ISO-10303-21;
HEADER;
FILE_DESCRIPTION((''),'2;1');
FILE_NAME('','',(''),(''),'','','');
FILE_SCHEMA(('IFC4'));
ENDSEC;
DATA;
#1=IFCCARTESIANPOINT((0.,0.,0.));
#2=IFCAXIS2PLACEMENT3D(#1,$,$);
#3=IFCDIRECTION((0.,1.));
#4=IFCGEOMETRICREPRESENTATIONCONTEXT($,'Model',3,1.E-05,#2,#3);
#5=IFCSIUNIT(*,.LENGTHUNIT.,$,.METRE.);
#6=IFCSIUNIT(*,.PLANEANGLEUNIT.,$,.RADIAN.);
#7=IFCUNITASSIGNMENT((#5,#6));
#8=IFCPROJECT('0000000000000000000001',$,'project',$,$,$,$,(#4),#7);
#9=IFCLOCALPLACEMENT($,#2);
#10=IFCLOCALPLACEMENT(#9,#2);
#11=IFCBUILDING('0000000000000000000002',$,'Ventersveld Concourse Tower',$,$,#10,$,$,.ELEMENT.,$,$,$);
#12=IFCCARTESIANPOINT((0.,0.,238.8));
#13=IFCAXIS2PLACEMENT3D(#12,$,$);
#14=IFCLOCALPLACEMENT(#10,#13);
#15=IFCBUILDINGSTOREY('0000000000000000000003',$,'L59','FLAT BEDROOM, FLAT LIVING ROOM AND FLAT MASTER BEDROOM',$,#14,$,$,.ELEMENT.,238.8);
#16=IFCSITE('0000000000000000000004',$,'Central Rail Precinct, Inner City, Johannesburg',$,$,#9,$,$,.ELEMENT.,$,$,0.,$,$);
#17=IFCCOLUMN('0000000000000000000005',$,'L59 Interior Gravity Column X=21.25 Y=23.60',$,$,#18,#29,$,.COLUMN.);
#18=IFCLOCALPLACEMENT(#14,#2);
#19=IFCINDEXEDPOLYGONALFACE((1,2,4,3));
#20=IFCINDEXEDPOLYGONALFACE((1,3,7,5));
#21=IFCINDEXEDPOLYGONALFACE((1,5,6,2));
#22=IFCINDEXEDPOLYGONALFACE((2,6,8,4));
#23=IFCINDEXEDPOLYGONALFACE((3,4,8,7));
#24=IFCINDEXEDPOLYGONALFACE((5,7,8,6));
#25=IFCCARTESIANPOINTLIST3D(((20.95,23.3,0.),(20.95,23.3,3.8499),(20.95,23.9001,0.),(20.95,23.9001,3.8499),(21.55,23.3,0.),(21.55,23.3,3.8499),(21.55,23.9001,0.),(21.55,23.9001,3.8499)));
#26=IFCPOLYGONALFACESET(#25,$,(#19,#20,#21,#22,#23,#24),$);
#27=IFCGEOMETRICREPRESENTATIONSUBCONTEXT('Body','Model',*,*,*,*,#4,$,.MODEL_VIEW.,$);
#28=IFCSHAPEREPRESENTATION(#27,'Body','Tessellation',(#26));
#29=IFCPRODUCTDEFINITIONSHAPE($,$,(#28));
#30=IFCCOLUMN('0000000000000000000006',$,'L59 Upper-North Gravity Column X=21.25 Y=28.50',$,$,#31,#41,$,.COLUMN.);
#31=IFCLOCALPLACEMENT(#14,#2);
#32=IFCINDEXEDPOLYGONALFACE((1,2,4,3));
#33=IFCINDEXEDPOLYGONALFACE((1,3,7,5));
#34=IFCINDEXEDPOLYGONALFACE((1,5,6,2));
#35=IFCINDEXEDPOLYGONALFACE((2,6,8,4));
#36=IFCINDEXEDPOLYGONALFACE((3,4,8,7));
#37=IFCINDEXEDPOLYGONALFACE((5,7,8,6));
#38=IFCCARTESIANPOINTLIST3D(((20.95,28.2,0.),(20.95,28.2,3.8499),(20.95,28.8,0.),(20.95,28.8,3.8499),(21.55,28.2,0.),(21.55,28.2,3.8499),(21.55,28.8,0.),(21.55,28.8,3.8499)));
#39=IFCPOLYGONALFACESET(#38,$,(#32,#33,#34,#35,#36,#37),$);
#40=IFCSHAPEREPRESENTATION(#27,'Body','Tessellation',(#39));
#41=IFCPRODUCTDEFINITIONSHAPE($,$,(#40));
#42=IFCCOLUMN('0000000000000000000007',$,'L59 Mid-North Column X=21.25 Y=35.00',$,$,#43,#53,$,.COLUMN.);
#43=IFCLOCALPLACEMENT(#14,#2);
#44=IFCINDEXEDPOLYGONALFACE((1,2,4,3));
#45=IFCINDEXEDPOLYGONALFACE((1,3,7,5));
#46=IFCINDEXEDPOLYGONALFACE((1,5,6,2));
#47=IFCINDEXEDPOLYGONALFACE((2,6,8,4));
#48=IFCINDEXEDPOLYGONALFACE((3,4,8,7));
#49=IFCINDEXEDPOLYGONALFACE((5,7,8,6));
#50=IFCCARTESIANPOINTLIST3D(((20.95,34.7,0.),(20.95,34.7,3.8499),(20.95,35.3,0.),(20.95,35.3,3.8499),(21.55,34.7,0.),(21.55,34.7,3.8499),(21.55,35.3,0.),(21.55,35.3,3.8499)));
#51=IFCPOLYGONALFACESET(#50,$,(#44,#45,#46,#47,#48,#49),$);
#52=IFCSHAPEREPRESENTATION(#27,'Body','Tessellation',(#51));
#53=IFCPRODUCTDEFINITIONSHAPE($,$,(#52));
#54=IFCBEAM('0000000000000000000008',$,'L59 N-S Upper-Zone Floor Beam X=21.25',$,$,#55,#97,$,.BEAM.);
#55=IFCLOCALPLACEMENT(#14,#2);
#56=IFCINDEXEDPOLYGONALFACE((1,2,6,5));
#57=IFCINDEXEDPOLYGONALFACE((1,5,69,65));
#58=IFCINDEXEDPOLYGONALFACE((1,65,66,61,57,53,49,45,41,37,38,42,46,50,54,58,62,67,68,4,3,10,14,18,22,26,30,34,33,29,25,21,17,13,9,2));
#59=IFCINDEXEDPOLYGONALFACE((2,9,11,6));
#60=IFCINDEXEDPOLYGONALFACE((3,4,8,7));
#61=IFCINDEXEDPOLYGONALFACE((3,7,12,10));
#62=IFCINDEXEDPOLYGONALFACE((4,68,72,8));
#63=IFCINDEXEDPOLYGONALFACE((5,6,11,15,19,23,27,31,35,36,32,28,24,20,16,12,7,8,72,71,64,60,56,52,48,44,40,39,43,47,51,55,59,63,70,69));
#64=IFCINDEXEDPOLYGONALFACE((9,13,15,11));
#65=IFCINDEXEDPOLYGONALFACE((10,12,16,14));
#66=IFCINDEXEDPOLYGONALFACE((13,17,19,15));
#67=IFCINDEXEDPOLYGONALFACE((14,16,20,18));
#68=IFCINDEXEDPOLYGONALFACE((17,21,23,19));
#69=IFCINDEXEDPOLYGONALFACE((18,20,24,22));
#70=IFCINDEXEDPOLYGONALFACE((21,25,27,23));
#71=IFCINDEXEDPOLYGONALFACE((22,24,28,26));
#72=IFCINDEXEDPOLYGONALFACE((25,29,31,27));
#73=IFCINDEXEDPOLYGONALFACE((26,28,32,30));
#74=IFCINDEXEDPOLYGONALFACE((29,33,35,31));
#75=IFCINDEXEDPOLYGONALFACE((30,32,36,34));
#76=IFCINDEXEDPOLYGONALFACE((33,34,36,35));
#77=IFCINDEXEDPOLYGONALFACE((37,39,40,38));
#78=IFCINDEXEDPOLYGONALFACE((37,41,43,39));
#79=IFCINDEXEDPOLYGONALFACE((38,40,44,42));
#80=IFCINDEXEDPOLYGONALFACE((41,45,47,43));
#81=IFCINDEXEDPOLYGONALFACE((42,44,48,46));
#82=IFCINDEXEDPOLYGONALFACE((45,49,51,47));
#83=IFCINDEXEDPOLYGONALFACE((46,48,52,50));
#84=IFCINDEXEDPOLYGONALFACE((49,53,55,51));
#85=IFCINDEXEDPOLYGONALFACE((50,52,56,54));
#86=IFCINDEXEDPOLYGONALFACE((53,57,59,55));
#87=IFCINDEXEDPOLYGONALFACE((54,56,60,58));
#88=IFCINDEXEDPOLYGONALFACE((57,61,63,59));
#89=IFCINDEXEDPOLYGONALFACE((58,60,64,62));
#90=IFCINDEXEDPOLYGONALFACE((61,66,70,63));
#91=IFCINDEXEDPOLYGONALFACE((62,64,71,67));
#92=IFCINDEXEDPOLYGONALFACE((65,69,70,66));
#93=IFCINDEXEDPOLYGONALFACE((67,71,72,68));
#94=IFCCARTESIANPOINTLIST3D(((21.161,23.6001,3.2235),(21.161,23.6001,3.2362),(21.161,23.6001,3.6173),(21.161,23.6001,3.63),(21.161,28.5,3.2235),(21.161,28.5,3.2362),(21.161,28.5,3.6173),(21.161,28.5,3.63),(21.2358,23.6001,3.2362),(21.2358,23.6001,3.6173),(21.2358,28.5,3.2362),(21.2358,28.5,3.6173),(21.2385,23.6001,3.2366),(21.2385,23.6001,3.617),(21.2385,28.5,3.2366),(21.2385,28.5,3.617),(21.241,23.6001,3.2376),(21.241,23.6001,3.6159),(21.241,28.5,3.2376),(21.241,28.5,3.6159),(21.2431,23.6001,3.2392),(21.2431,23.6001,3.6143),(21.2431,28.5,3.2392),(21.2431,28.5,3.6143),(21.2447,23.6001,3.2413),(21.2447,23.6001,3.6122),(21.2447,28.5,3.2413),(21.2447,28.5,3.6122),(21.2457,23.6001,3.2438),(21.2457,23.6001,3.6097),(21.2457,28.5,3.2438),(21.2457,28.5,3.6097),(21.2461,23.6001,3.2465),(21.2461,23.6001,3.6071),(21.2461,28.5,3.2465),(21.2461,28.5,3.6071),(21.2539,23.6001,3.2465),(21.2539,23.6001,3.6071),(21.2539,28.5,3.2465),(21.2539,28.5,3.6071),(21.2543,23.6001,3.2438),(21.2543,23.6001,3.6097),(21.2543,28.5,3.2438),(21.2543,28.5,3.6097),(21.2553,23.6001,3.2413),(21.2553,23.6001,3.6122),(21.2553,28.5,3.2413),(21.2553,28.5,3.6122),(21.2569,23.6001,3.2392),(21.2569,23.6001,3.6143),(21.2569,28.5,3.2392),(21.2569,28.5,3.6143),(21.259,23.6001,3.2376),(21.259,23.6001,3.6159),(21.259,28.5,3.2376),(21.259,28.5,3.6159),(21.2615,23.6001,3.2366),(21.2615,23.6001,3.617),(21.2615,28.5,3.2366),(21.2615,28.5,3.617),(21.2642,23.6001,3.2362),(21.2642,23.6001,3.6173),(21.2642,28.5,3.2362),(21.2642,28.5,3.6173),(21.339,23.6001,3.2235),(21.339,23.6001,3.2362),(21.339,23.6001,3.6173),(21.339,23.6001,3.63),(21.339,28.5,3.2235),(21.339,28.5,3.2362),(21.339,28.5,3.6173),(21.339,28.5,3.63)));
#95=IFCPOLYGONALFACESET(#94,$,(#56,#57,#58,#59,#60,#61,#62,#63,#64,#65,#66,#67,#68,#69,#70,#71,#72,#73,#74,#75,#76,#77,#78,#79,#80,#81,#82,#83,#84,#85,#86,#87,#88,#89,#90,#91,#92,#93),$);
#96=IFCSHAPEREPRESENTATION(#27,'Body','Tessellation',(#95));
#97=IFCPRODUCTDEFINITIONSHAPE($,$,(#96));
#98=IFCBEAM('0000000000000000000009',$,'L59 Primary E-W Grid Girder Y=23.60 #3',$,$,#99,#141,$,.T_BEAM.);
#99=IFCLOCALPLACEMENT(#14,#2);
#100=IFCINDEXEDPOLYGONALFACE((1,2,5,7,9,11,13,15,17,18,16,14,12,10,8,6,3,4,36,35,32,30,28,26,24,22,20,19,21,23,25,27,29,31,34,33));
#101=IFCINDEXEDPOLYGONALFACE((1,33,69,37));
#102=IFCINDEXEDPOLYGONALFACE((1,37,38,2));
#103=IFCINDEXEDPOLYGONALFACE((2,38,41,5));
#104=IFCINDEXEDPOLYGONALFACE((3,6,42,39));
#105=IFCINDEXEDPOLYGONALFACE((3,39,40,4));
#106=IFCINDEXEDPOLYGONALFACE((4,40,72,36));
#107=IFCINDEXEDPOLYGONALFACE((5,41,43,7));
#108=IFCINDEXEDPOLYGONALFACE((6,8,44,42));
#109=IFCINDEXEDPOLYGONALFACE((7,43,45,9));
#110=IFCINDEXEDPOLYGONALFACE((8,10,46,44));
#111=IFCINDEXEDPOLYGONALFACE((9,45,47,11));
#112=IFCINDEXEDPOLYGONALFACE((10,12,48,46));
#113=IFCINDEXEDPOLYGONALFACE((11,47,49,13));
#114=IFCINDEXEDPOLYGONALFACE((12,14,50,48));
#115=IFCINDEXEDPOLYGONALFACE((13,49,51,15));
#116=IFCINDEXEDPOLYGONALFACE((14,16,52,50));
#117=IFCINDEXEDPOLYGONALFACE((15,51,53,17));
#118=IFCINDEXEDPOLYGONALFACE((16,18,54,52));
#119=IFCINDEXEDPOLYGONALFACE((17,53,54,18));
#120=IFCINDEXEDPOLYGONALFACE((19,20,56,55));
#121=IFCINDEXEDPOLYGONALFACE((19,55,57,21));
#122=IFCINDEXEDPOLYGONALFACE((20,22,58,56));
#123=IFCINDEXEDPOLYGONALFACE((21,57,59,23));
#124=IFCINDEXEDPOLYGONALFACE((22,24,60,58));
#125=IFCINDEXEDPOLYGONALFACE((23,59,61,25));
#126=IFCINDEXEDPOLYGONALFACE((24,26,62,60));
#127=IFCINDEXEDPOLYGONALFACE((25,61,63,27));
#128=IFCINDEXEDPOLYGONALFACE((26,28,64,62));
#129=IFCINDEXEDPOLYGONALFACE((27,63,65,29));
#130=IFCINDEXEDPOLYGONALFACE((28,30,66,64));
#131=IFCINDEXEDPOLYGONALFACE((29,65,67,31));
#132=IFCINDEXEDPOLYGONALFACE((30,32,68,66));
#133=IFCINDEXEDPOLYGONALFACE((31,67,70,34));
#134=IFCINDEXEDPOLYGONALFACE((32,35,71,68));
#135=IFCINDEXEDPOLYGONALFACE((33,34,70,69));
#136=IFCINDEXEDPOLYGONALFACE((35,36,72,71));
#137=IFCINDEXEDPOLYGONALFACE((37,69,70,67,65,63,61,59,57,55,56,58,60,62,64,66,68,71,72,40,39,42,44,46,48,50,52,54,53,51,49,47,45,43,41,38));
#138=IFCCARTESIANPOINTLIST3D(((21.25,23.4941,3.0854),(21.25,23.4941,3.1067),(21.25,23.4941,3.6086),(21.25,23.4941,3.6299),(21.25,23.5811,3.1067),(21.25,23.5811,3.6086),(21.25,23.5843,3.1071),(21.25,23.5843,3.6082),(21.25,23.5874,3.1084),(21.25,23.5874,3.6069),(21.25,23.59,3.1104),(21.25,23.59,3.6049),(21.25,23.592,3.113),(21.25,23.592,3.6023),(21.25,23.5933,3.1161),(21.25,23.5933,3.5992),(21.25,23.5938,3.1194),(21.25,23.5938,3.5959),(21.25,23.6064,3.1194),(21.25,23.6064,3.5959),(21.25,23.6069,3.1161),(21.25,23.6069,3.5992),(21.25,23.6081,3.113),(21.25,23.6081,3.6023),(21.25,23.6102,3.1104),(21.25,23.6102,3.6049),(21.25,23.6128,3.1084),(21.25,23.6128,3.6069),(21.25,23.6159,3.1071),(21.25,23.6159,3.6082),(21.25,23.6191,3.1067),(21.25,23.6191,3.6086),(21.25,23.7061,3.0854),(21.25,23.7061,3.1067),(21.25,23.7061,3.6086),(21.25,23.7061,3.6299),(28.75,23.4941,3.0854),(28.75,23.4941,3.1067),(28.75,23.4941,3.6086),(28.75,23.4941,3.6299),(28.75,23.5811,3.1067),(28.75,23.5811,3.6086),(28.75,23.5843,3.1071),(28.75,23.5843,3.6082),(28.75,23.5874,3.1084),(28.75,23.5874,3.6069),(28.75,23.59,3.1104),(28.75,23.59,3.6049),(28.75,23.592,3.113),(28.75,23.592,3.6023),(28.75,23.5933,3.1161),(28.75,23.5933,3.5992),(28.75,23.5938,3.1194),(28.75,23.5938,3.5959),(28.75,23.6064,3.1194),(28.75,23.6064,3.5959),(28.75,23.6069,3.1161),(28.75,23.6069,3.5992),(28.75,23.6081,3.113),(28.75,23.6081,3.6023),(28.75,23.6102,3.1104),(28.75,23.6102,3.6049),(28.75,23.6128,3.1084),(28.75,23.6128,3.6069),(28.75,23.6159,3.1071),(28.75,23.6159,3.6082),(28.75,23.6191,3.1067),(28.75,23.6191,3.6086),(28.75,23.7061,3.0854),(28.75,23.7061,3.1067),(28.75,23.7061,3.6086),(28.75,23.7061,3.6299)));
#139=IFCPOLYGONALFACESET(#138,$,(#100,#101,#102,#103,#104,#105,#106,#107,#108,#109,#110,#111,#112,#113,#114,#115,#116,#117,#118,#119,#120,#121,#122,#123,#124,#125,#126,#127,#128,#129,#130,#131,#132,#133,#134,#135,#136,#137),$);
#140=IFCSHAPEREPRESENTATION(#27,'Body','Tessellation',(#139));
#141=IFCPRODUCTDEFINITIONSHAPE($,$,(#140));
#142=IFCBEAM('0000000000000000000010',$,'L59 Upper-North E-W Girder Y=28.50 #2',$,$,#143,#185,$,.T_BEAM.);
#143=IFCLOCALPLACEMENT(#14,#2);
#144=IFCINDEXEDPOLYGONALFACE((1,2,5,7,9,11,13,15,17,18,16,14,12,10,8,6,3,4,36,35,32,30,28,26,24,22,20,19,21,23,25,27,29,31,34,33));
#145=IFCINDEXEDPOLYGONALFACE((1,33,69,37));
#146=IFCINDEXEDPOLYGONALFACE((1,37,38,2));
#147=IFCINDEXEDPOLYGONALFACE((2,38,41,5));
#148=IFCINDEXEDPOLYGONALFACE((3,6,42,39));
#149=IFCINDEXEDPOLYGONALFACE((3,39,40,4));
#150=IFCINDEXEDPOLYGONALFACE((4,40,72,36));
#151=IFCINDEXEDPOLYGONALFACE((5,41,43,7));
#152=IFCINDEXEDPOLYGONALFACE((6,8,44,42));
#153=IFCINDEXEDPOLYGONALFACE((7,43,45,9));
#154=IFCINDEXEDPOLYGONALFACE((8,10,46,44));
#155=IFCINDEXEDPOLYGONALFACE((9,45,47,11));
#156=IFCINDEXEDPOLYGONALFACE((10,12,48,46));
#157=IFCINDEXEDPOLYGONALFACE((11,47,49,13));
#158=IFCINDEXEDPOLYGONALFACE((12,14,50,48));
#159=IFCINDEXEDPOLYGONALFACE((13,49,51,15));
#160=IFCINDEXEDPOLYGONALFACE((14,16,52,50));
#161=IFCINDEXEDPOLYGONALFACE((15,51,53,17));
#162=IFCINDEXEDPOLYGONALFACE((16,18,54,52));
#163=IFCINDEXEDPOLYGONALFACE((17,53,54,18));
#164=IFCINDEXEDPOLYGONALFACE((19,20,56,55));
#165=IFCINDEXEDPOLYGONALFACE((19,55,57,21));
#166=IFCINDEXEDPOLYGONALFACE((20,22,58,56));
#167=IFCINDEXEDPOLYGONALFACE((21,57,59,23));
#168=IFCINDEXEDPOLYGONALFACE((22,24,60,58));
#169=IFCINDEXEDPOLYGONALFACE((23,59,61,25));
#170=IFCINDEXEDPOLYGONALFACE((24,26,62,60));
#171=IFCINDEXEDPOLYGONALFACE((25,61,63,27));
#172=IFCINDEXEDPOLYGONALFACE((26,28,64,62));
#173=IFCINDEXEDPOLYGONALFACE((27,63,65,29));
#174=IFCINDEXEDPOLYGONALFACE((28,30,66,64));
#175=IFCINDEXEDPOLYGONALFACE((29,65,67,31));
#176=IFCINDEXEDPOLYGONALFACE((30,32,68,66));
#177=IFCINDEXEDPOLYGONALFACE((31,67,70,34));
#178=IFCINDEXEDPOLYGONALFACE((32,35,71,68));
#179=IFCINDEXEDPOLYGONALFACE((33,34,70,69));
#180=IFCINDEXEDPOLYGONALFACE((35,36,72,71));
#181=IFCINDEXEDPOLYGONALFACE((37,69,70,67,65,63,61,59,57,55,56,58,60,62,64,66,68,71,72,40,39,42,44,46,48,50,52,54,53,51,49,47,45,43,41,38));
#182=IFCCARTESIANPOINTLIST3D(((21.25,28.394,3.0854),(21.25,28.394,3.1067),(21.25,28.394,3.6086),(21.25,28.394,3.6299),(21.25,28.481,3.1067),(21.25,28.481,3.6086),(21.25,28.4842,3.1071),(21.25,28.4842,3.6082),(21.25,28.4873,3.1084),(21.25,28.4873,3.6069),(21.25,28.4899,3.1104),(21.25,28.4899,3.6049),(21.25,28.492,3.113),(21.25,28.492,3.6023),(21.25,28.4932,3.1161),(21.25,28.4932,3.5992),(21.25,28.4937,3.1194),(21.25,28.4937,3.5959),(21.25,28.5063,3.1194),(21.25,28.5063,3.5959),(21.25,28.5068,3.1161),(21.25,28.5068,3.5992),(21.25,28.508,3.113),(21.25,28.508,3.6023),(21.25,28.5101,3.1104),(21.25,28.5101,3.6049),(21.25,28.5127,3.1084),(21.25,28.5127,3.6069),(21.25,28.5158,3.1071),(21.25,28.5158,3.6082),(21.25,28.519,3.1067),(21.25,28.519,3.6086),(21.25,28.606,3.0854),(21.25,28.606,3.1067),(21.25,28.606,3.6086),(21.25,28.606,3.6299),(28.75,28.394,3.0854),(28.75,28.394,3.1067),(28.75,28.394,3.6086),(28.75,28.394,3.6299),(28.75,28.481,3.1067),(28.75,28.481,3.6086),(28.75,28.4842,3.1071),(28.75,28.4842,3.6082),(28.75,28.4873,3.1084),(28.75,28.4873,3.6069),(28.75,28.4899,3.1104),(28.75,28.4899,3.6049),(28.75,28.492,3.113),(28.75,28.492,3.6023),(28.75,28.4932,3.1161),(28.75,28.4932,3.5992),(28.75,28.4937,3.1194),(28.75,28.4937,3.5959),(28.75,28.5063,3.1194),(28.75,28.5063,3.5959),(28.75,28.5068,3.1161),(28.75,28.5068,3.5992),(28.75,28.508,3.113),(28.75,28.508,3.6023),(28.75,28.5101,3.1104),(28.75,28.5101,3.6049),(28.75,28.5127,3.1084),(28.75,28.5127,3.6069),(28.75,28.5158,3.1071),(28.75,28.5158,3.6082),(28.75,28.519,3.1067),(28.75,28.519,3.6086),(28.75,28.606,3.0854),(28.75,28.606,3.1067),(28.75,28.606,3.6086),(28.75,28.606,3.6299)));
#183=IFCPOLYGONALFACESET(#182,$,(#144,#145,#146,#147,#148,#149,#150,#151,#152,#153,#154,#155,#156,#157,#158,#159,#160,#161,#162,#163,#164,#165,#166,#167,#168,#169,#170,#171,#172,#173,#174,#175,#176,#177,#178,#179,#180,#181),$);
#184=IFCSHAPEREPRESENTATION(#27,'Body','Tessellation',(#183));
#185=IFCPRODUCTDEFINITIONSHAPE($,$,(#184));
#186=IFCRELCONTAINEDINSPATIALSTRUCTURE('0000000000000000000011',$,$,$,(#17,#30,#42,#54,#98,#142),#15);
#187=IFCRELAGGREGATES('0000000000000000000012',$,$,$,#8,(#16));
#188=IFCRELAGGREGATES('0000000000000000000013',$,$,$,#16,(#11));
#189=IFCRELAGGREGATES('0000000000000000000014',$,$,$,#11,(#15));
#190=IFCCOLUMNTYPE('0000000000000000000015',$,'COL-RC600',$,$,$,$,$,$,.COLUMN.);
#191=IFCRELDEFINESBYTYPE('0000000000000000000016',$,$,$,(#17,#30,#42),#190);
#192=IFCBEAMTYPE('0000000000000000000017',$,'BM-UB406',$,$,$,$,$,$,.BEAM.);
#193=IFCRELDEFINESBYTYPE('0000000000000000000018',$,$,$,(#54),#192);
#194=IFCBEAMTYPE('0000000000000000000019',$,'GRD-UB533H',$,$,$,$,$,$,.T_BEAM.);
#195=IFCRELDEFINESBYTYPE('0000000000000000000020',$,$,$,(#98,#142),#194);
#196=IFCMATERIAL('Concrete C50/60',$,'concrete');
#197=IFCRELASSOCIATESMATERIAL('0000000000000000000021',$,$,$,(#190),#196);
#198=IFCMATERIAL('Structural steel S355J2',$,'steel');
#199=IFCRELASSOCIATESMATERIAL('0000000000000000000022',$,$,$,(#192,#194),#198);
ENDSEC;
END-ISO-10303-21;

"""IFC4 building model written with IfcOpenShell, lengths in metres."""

from ifc_helpers import new_model, si_unit, direction, frame, origin, origin_2d, place, context, subcontext, project, spatial, rectangle, i_section, extrude, material, material_profile, profile_set, type_object, element, save


model = new_model("IFC4")

# Units and contexts
model_context = context("Model", 3, precision=1e-05, world=origin(), true_north=direction((0.0, 1.0)))
body_context = subcontext(model_context, "Body", "Model", "MODEL_VIEW")
ifc_project = project(units=[si_unit("LENGTHUNIT", "METRE"), si_unit("PLANEANGLEUNIT", "RADIAN")], contexts=[model_context])

# Site, building, storey
site_placement = place(None, origin())
site = spatial("IfcSite", under=ifc_project, at=site_placement, Name="Central Rail Precinct, Inner City, Johannesburg", CompositionType="ELEMENT", RefElevation=0.0)
building_placement = place(site_placement, origin())
building = spatial("IfcBuilding", under=site, at=building_placement, Name="Ventersveld Concourse Tower", CompositionType="ELEMENT")
storey_placement = place(building_placement, frame((0.0, 0.0, 238.8)))
storey = spatial("IfcBuildingStorey", under=building, at=storey_placement, Name="L59", Description="FLAT BEDROOM, FLAT LIVING ROOM AND FLAT MASTER BEDROOM", CompositionType="ELEMENT", Elevation=238.8)

# Columns
ifc_material_1 = material(Name="Concrete C50/60", Category="concrete")
ifc_material_profile_1 = material_profile(ifc_material_1, rectangle(XDim=0.6001, YDim=0.6001, at=origin_2d()), Name="RC 600x600")
ifc_profile_set_1 = profile_set([ifc_material_profile_1], Name="Concrete C50/60")
column_type = type_object("IfcColumnType", Name="COL-RC600", PredefinedType="COLUMN", material=ifc_profile_set_1)
for number, where, z_axis, x_axis, name in (
    (1, (21.25, 23.6001, 0.0), (0.0, 0.0, 1.0), (1.0, 0.0, 0.0), "L59 Interior Gravity Column X=21.25 Y=23.60"),
    (2, (21.25, 28.5, 0.0), (0.0, 0.0, 1.0), (1.0, 0.0, 0.0), "L59 Upper-North Gravity Column X=21.25 Y=28.50"),
    (3, (21.25, 35.0, 0.0), (0.0, 0.0, 1.0), (1.0, 0.0, 0.0), "L59 Mid-North Column X=21.25 Y=35.00"),
):
    element("IfcColumn", number, at=place(storey_placement, frame(where, z_axis=z_axis, x_axis=x_axis)), inside=storey, type_object=column_type, Name=name, PredefinedType="COLUMN", context=body_context, shape_type="SweptSolid", body=[
        extrude(rectangle(XDim=0.6001, YDim=0.6001, at=origin_2d()), origin(), (0.0, 0.0, 1.0), 3.8499),
    ])

# Beams
ifc_material_2 = material(Name="Structural steel S355J2", Category="steel")
ifc_material_profile_2 = material_profile(ifc_material_2, i_section(OverallWidth=0.178, OverallDepth=0.4065, WebThickness=0.0078, FlangeThickness=0.0127, FilletRadius=0.0103, at=origin_2d()), Name="UB 406x178x60")
ifc_profile_set_2 = profile_set([ifc_material_profile_2], Name="Structural steel S355J2")
beam_type_1 = type_object("IfcBeamType", Name="BM-UB406", PredefinedType="BEAM", material=ifc_profile_set_2)
beam_placement = place(storey_placement, frame((21.25, 23.6001, 3.4268), z_axis=(0.0, 1.0, 0.0), x_axis=(-1.0, 0.0, 0.0)))
element("IfcBeam", 4, at=beam_placement, inside=storey, type_object=beam_type_1, Name="L59 N-S Upper-Zone Floor Beam X=21.25", PredefinedType="BEAM", context=body_context, shape_type="SweptSolid", body=[
    extrude(i_section(OverallWidth=0.178, OverallDepth=0.4065, WebThickness=0.0078, FlangeThickness=0.0127, FilletRadius=0.0103, at=origin_2d()), origin(), (0.0, 0.0, 1.0), 4.8999),
])
ifc_material_profile_3 = material_profile(ifc_material_2, i_section(OverallWidth=0.2119, OverallDepth=0.5444, WebThickness=0.0127, FlangeThickness=0.0212, FilletRadius=0.0127, at=origin_2d()), Name="UB 533x210x122")
ifc_profile_set_3 = profile_set([ifc_material_profile_3], Name="Structural steel S355J2")
beam_type_2 = type_object("IfcBeamType", Name="GRD-UB533H", PredefinedType="T_BEAM", material=ifc_profile_set_3)
for number, where, z_axis, x_axis, name in (
    (5, (21.25, 23.6001, 3.3577), (1.0, 0.0, 0.0), (0.0, 1.0, 0.0), "L59 Primary E-W Grid Girder Y=23.60 #3"),
    (6, (21.25, 28.5, 3.3577), (1.0, 0.0, 0.0), (0.0, 1.0, 0.0), "L59 Upper-North E-W Girder Y=28.50 #2"),
):
    element("IfcBeam", number, at=place(storey_placement, frame(where, z_axis=z_axis, x_axis=x_axis)), inside=storey, type_object=beam_type_2, Name=name, PredefinedType="T_BEAM", context=body_context, shape_type="SweptSolid", body=[
        extrude(i_section(OverallWidth=0.2119, OverallDepth=0.5444, WebThickness=0.0127, FlangeThickness=0.0212, FilletRadius=0.0127, at=origin_2d()), origin(), (0.0, 0.0, 1.0), 7.5),
    ])

save(model, "model.ifc")
